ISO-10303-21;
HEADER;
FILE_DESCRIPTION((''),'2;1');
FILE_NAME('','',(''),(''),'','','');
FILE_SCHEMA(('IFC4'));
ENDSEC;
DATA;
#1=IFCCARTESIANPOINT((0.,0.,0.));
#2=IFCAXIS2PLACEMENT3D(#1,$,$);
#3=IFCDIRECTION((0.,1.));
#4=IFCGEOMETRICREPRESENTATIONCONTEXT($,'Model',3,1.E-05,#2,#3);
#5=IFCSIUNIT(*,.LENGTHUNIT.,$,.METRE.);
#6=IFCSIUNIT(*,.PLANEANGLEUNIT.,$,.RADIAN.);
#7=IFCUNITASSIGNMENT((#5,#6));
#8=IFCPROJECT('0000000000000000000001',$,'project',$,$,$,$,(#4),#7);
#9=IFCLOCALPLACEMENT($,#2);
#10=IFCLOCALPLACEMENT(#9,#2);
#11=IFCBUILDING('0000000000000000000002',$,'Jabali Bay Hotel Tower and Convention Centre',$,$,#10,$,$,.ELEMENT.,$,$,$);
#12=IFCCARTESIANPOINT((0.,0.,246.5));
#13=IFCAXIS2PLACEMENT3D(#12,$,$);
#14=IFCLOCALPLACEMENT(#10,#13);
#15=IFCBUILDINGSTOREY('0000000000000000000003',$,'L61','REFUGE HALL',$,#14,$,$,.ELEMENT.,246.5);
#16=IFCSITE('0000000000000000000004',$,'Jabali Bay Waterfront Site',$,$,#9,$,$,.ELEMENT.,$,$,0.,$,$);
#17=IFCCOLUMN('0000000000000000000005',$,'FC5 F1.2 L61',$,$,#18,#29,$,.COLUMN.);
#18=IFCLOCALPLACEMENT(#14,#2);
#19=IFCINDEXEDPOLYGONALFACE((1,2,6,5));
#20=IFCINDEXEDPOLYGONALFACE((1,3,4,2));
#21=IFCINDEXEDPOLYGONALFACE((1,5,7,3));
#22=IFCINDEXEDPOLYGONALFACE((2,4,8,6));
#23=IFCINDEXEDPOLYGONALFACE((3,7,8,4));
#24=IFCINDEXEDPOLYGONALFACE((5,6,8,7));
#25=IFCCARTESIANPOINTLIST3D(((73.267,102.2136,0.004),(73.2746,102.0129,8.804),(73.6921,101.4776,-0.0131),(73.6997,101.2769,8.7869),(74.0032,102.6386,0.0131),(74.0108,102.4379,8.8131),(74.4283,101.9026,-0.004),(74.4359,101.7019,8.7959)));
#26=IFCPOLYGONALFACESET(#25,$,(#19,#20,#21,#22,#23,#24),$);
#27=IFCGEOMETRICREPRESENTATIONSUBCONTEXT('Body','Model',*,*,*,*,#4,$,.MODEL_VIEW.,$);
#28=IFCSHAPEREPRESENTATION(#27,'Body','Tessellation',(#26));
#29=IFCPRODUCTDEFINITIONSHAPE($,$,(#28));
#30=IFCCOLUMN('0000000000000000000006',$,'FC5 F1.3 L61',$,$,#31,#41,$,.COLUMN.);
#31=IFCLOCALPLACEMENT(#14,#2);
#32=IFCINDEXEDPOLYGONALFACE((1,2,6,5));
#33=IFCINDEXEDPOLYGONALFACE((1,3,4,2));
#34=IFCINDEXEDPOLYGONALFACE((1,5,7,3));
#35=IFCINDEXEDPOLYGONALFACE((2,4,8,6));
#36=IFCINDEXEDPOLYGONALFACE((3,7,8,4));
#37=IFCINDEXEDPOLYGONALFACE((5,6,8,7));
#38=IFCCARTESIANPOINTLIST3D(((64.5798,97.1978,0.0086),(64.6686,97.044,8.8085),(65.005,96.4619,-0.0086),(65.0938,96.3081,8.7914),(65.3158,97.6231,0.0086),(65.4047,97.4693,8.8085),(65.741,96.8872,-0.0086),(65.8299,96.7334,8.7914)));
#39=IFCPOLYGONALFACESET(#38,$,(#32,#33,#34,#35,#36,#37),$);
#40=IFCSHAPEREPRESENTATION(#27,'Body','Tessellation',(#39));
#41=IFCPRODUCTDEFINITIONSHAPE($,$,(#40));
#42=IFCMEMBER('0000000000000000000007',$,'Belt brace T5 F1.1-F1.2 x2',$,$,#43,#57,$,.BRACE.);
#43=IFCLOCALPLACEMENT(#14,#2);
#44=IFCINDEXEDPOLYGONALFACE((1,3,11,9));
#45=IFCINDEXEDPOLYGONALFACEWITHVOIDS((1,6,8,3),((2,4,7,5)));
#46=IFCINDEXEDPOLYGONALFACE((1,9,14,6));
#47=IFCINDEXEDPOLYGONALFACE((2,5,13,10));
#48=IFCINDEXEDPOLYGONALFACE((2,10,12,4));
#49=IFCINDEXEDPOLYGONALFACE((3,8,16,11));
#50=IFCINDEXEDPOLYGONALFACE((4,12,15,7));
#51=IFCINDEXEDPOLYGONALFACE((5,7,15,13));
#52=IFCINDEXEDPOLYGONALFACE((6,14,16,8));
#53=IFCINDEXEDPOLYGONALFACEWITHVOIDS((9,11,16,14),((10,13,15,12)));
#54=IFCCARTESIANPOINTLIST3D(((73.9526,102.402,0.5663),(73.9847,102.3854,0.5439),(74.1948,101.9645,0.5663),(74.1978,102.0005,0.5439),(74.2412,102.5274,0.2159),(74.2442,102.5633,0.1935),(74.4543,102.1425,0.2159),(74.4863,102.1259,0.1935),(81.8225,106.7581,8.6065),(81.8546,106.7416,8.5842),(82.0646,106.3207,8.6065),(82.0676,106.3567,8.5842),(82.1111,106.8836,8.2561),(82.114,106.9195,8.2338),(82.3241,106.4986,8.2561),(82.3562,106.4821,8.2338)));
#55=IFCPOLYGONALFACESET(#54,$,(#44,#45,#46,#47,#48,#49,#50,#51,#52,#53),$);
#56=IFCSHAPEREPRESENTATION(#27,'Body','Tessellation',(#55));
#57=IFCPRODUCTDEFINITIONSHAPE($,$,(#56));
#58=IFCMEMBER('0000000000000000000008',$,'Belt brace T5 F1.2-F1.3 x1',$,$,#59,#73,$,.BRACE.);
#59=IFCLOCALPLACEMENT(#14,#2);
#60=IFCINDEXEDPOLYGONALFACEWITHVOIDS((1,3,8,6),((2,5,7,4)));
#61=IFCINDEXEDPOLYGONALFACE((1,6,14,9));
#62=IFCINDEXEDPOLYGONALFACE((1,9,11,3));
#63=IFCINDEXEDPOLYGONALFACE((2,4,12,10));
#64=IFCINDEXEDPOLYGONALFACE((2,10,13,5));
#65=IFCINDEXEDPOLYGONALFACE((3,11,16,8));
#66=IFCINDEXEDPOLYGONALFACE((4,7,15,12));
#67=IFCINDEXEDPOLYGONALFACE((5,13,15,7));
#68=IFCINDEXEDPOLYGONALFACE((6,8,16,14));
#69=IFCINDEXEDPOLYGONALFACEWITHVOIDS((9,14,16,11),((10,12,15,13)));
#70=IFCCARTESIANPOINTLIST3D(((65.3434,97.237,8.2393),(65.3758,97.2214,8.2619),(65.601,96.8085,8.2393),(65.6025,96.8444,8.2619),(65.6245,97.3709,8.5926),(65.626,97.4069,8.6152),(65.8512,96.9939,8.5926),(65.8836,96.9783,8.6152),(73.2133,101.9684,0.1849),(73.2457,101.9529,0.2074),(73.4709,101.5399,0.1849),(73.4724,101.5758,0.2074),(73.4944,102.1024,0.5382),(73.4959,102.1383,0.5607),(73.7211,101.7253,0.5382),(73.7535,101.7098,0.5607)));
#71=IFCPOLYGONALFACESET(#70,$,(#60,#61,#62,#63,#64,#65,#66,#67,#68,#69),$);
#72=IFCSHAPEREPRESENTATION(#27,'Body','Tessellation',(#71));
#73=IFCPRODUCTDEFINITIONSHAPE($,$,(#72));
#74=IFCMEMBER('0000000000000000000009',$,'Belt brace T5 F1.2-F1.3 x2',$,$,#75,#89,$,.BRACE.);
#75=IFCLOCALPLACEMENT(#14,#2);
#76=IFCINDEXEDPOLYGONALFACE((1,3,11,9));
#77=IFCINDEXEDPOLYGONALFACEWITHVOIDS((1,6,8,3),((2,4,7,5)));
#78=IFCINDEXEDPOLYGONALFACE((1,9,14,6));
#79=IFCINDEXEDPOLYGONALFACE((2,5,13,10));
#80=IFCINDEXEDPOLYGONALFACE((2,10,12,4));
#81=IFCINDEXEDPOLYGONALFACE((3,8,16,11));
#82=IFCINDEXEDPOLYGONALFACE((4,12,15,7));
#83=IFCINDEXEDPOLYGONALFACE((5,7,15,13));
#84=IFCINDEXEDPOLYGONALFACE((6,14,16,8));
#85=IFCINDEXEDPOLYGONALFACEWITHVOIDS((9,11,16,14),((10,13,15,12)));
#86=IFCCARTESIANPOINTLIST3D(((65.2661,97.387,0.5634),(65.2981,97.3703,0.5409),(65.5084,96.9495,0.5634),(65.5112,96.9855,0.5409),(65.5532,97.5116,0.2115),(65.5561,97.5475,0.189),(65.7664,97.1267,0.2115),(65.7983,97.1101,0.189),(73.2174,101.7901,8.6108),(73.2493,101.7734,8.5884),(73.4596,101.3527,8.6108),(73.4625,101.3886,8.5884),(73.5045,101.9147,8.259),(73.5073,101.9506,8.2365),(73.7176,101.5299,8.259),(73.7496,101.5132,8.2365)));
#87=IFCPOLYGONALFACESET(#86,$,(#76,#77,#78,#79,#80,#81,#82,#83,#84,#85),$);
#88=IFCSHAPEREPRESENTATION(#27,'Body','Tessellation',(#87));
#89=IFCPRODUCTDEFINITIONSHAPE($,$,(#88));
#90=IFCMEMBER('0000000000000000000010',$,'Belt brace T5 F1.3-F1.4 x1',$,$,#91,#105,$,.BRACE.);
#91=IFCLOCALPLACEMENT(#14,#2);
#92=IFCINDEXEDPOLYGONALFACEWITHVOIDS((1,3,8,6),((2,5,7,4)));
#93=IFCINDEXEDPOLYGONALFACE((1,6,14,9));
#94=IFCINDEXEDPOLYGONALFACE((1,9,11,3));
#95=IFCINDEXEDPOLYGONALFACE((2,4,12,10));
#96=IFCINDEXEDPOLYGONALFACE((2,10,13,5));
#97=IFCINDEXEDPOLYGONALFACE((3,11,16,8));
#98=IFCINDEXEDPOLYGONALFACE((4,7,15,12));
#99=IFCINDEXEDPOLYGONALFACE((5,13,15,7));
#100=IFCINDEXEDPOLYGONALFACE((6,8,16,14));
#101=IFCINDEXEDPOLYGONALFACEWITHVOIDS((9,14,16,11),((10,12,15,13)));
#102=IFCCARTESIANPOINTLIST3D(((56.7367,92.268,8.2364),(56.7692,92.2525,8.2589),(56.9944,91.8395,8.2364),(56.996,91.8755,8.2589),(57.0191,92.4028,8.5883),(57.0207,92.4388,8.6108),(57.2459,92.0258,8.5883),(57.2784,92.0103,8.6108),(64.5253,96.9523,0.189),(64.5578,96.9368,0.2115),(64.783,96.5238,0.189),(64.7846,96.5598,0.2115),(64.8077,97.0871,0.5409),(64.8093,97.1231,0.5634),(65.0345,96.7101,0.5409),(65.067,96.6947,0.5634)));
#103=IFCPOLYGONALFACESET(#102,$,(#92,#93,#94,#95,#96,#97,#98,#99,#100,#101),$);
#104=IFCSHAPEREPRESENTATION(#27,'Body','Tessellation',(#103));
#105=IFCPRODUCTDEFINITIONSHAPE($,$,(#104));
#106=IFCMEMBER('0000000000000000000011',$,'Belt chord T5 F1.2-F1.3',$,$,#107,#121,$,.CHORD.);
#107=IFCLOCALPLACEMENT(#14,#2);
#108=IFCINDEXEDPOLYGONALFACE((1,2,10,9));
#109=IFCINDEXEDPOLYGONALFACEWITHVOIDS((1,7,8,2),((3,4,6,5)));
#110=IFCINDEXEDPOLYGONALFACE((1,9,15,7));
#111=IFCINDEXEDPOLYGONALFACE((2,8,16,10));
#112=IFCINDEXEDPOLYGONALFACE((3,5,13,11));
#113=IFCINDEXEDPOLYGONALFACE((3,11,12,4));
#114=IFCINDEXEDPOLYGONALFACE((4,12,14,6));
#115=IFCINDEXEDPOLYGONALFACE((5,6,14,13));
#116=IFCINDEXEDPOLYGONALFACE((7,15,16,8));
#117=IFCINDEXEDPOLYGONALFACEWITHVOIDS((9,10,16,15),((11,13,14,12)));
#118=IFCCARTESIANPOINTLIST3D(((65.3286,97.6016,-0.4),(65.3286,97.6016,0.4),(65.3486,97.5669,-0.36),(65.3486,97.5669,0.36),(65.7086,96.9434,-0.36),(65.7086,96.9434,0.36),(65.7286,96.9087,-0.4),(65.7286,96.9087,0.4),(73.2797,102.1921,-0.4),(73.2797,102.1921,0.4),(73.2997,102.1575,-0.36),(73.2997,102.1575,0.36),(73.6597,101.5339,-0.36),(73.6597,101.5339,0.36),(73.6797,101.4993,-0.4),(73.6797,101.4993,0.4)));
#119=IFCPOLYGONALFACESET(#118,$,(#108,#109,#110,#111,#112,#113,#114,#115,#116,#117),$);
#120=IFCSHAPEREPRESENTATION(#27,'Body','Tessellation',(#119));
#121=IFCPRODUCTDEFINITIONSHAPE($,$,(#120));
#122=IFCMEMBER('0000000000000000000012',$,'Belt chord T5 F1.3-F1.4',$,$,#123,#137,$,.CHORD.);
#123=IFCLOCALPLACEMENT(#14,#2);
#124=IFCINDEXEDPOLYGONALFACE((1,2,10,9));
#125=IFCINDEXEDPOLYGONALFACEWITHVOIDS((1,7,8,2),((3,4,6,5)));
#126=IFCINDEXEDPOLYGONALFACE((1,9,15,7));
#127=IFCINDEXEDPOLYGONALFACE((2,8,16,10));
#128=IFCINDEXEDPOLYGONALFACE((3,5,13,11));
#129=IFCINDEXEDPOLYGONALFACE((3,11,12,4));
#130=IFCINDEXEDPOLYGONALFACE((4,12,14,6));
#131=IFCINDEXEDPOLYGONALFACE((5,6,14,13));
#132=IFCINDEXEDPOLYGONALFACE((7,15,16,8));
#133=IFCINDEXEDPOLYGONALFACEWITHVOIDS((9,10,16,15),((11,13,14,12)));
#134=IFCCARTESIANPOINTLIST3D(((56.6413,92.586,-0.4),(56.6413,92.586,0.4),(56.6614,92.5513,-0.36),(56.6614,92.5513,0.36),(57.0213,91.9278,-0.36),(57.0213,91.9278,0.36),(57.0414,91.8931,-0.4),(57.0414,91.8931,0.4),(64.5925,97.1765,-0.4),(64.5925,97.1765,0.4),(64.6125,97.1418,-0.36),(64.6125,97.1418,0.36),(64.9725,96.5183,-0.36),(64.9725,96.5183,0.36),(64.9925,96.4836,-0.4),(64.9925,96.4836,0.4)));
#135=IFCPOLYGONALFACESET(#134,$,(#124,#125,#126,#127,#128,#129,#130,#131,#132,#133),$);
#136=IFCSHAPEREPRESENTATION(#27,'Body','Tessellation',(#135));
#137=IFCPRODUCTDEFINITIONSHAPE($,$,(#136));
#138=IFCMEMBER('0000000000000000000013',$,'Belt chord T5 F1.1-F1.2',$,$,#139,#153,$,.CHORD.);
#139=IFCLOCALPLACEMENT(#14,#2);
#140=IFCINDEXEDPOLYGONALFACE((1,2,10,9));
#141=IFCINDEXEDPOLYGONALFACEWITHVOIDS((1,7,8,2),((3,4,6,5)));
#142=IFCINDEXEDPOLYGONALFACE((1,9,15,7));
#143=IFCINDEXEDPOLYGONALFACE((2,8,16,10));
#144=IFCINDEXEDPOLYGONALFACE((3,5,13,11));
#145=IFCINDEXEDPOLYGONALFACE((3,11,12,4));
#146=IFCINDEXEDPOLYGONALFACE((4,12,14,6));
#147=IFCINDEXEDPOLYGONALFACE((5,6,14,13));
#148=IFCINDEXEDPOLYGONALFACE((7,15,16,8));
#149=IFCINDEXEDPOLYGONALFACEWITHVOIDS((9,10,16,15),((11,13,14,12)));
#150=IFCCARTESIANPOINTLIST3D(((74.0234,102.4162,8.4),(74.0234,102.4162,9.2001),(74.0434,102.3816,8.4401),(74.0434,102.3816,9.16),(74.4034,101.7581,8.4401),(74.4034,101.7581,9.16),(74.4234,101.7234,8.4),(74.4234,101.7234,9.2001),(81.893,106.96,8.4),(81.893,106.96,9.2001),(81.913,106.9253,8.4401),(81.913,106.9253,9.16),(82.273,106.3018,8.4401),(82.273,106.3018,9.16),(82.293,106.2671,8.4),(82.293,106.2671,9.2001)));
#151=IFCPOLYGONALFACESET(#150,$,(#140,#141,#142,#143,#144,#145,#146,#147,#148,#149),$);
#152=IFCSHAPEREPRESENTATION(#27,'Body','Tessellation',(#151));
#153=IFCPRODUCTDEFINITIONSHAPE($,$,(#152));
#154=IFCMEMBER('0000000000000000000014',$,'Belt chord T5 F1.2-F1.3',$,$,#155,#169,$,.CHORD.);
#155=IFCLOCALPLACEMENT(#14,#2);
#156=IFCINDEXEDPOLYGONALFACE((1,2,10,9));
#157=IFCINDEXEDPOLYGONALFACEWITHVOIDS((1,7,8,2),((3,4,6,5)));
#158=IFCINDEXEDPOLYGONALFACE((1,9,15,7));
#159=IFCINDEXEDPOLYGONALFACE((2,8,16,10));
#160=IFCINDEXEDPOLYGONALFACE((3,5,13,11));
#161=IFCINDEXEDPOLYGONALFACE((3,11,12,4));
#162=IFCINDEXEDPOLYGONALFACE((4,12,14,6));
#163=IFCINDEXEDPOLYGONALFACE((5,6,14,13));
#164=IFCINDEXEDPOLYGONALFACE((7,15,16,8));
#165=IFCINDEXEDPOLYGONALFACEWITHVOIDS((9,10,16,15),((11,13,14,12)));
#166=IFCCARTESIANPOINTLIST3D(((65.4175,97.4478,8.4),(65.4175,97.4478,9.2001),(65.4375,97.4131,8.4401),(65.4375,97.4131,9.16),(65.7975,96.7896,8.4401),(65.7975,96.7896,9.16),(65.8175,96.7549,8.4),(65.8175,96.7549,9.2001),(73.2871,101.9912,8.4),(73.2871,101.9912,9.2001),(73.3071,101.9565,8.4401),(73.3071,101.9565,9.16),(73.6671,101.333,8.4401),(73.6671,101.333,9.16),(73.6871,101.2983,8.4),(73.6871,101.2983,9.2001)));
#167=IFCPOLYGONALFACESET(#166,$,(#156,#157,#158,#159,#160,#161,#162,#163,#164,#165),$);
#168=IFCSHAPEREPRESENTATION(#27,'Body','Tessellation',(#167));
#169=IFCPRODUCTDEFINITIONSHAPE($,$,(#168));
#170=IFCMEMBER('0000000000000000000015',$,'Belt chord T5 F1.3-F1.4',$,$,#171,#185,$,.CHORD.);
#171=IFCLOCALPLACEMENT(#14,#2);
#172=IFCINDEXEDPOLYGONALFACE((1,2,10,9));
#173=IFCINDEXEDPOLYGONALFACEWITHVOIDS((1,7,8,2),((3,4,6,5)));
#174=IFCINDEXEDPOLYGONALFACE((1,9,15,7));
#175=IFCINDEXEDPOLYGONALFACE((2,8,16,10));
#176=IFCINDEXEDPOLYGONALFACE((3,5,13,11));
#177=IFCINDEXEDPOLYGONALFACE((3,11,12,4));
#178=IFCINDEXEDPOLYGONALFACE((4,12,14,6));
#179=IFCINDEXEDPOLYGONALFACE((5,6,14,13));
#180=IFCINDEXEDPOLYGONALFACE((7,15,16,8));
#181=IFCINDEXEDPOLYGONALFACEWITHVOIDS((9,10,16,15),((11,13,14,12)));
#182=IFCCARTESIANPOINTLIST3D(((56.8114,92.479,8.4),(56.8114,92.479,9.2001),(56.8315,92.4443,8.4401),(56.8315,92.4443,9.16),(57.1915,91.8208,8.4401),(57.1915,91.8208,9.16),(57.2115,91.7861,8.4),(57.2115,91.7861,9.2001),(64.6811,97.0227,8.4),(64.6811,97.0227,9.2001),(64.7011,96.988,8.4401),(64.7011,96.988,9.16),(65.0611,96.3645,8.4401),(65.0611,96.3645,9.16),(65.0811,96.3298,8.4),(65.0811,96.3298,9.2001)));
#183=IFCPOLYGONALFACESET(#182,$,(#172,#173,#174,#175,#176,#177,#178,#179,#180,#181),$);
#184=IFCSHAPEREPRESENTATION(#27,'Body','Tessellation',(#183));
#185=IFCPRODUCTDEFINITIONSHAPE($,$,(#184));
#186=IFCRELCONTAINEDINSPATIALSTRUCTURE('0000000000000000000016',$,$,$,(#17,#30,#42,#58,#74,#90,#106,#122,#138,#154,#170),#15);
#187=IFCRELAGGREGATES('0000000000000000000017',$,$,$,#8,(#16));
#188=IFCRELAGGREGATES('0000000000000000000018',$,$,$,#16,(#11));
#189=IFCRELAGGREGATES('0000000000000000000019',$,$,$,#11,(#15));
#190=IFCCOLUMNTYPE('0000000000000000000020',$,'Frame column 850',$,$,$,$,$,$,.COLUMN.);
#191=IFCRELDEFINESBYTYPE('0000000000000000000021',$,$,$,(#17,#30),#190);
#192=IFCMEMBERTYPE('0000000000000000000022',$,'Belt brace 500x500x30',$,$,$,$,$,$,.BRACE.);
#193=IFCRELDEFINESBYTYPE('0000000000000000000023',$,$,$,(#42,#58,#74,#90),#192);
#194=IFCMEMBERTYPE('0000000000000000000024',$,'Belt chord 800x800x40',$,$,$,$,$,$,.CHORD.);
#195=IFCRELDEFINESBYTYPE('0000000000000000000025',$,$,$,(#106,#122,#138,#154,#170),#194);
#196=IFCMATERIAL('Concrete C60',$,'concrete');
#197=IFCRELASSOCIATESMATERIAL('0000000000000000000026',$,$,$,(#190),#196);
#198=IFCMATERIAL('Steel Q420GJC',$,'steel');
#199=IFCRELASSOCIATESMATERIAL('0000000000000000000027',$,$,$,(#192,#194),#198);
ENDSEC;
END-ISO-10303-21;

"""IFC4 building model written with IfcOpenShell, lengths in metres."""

from ifc_helpers import new_model, si_unit, direction, frame, origin, origin_2d, place, context, subcontext, project, spatial, rectangle, hollow_rectangle, extrude, material, material_profile, profile_set, type_object, element, save


model = new_model("IFC4")

# Units and contexts
model_context = context("Model", 3, precision=1e-05, world=origin(), true_north=direction((0.0, 1.0)))
body_context = subcontext(model_context, "Body", "Model", "MODEL_VIEW")
ifc_project = project(units=[si_unit("LENGTHUNIT", "METRE"), si_unit("PLANEANGLEUNIT", "RADIAN")], contexts=[model_context])

# Site, building, storey
site_placement = place(None, origin())
site = spatial("IfcSite", under=ifc_project, at=site_placement, Name="Jabali Bay Waterfront Site", CompositionType="ELEMENT", RefElevation=0.0)
building_placement = place(site_placement, origin())
building = spatial("IfcBuilding", under=site, at=building_placement, Name="Jabali Bay Hotel Tower and Convention Centre", CompositionType="ELEMENT")
storey_placement = place(building_placement, frame((0.0, 0.0, 246.5)))
storey = spatial("IfcBuildingStorey", under=building, at=storey_placement, Name="L61", Description="REFUGE HALL", CompositionType="ELEMENT", Elevation=246.5)

# Columns
ifc_material_1 = material(Name="Concrete C60", Category="concrete")
ifc_material_profile_1 = material_profile(ifc_material_1, rectangle(XDim=0.8501, YDim=0.8501, at=origin_2d()), Name="Frame column 850")
ifc_profile_set_1 = profile_set([ifc_material_profile_1], Name="Concrete C60")
column_type = type_object("IfcColumnType", Name="Frame column 850", PredefinedType="COLUMN", material=ifc_profile_set_1)
column_1_placement = place(storey_placement, frame((73.8477, 102.0581, 0.0), z_axis=(0.00086, -0.022799, 0.99974), x_axis=(0.865987, 0.499953, 0.010657)))
element("IfcColumn", 1, at=column_1_placement, inside=storey, type_object=column_type, Name="FC5 F1.2 L61", PredefinedType="COLUMN", context=body_context, shape_type="SweptSolid", body=[
    extrude(rectangle(XDim=0.8501, YDim=0.8501, at=origin_2d()), origin(), (0.0, 0.0, 1.0), 8.8022),
])
column_2_placement = place(storey_placement, frame((65.1604, 97.0425, 0.0), z_axis=(0.010096, -0.017475, 0.999796), x_axis=(-0.500172, 0.865691, 0.020182)))
element("IfcColumn", 2, at=column_2_placement, inside=storey, type_object=column_type, Name="FC5 F1.3 L61", PredefinedType="COLUMN", context=body_context, shape_type="SweptSolid", body=[
    extrude(rectangle(XDim=0.8501, YDim=0.8501, at=origin_2d()), origin(), (0.0, 0.0, 1.0), 8.8018),
])

# Members
ifc_material_2 = material(Name="Steel Q420GJC", Category="steel")
ifc_material_profile_2 = material_profile(ifc_material_2, hollow_rectangle(XDim=0.5, YDim=0.5, WallThickness=0.03, at=origin_2d()), Name="Belt brace 500x500x30")
ifc_profile_set_2 = profile_set([ifc_material_profile_2], Name="Steel Q420GJC")
member_type_1 = type_object("IfcMemberType", Name="Belt brace 500x500x30", PredefinedType="BRACE", material=ifc_profile_set_2)
member_1_placement = place(storey_placement, frame((74.2195, 102.2639, 0.3799), z_axis=(0.652304, 0.361069, 0.666429), x_axis=(-0.484287, 0.874909, 0.0)))
element("IfcMember", 3, at=member_1_placement, inside=storey, type_object=member_type_1, Name="Belt brace T5 F1.1-F1.2 x2", PredefinedType="BRACE", context=body_context, shape_type="SweptSolid", body=[
    extrude(hollow_rectangle(XDim=0.5, YDim=0.5, WallThickness=0.03, at=origin_2d()), origin(), (0.0, 0.0, 1.0), 12.0647),
])
member_2_placement = place(storey_placement, frame((73.4834, 101.8391, 0.3728), z_axis=(-0.644302, -0.387361, 0.659413), x_axis=(0.515258, -0.857035, 0.0)))
element("IfcMember", 4, at=member_2_placement, inside=storey, type_object=member_type_1, Name="Belt brace T5 F1.2-F1.3 x1", PredefinedType="BRACE", context=body_context, shape_type="SweptSolid", body=[
    extrude(hollow_rectangle(XDim=0.5, YDim=0.5, WallThickness=0.03, at=origin_2d()), origin(), (0.0, 0.0, 1.0), 12.2146),
])
member_3_placement = place(storey_placement, frame((65.5322, 97.2485, 0.3762), z_axis=(0.654982, 0.362706, 0.662905), x_axis=(-0.484445, 0.874822, 0.0)))
element("IfcMember", 5, at=member_3_placement, inside=storey, type_object=member_type_1, Name="Belt brace T5 F1.2-F1.3 x2", PredefinedType="BRACE", context=body_context, shape_type="SweptSolid", body=[
    extrude(hollow_rectangle(XDim=0.5, YDim=0.5, WallThickness=0.03, at=origin_2d()), origin(), (0.0, 0.0, 1.0), 12.1396),
])
member_4_placement = place(storey_placement, frame((64.7961, 96.8235, 0.3762), z_axis=(-0.641595, -0.385878, 0.662913), x_axis=(0.5154, -0.85695, 0.0)))
element("IfcMember", 6, at=member_4_placement, inside=storey, type_object=member_type_1, Name="Belt brace T5 F1.3-F1.4 x1", PredefinedType="BRACE", context=body_context, shape_type="SweptSolid", body=[
    extrude(hollow_rectangle(XDim=0.5, YDim=0.5, WallThickness=0.03, at=origin_2d()), origin(), (0.0, 0.0, 1.0), 12.1394),
])
ifc_material_profile_3 = material_profile(ifc_material_2, hollow_rectangle(XDim=0.8, YDim=0.8, WallThickness=0.04, at=origin_2d()), Name="Belt chord 800x800x40")
ifc_profile_set_3 = profile_set([ifc_material_profile_3], Name="Steel Q420GJC")
member_type_2 = type_object("IfcMemberType", Name="Belt chord 800x800x40", PredefinedType="CHORD", material=ifc_profile_set_3)
for number, where, z_axis, x_axis, name in (
    (7, (73.4797, 101.8457, 0.0), (-0.866027, -0.499997, 0.0), (0.499997, -0.866027, 0.0), "Belt chord T5 F1.2-F1.3"),
    (8, (64.7925, 96.8301, 0.0), (-0.866027, -0.499997, 0.0), (0.499997, -0.866027, 0.0), "Belt chord T5 F1.3-F1.4"),
):
    element("IfcMember", number, at=place(storey_placement, frame(where, z_axis=z_axis, x_axis=x_axis)), inside=storey, type_object=member_type_2, Name=name, PredefinedType="CHORD", context=body_context, shape_type="SweptSolid", body=[
        extrude(hollow_rectangle(XDim=0.8, YDim=0.8, WallThickness=0.04, at=origin_2d()), origin(), (0.0, 0.0, 1.0), 9.1812),
    ])
member_5_placement = place(storey_placement, frame((82.093, 106.6135, 8.8), z_axis=(-0.866017, -0.500014, 0.0), x_axis=(0.500014, -0.866017, 0.0)))
element("IfcMember", 9, at=member_5_placement, inside=storey, type_object=member_type_2, Name="Belt chord T5 F1.1-F1.2", PredefinedType="CHORD", context=body_context, shape_type="SweptSolid", body=[
    extrude(hollow_rectangle(XDim=0.8, YDim=0.8, WallThickness=0.04, at=origin_2d()), origin(), (0.0, 0.0, 1.0), 9.0872),
])
member_6_placement = place(storey_placement, frame((73.4871, 101.6448, 8.8), z_axis=(-0.866029, -0.499994, 0.0), x_axis=(0.499994, -0.866029, 0.0)))
element("IfcMember", 10, at=member_6_placement, inside=storey, type_object=member_type_2, Name="Belt chord T5 F1.2-F1.3", PredefinedType="CHORD", context=body_context, shape_type="SweptSolid", body=[
    extrude(hollow_rectangle(XDim=0.8, YDim=0.8, WallThickness=0.04, at=origin_2d()), origin(), (0.0, 0.0, 1.0), 9.0869),
])
member_7_placement = place(storey_placement, frame((64.8811, 96.6763, 8.8), z_axis=(-0.866017, -0.500014, 0.0), x_axis=(0.500014, -0.866017, 0.0)))
element("IfcMember", 11, at=member_7_placement, inside=storey, type_object=member_type_2, Name="Belt chord T5 F1.3-F1.4", PredefinedType="CHORD", context=body_context, shape_type="SweptSolid", body=[
    extrude(hollow_rectangle(XDim=0.8, YDim=0.8, WallThickness=0.04, at=origin_2d()), origin(), (0.0, 0.0, 1.0), 9.0872),
])

save(model, "model.ifc")
